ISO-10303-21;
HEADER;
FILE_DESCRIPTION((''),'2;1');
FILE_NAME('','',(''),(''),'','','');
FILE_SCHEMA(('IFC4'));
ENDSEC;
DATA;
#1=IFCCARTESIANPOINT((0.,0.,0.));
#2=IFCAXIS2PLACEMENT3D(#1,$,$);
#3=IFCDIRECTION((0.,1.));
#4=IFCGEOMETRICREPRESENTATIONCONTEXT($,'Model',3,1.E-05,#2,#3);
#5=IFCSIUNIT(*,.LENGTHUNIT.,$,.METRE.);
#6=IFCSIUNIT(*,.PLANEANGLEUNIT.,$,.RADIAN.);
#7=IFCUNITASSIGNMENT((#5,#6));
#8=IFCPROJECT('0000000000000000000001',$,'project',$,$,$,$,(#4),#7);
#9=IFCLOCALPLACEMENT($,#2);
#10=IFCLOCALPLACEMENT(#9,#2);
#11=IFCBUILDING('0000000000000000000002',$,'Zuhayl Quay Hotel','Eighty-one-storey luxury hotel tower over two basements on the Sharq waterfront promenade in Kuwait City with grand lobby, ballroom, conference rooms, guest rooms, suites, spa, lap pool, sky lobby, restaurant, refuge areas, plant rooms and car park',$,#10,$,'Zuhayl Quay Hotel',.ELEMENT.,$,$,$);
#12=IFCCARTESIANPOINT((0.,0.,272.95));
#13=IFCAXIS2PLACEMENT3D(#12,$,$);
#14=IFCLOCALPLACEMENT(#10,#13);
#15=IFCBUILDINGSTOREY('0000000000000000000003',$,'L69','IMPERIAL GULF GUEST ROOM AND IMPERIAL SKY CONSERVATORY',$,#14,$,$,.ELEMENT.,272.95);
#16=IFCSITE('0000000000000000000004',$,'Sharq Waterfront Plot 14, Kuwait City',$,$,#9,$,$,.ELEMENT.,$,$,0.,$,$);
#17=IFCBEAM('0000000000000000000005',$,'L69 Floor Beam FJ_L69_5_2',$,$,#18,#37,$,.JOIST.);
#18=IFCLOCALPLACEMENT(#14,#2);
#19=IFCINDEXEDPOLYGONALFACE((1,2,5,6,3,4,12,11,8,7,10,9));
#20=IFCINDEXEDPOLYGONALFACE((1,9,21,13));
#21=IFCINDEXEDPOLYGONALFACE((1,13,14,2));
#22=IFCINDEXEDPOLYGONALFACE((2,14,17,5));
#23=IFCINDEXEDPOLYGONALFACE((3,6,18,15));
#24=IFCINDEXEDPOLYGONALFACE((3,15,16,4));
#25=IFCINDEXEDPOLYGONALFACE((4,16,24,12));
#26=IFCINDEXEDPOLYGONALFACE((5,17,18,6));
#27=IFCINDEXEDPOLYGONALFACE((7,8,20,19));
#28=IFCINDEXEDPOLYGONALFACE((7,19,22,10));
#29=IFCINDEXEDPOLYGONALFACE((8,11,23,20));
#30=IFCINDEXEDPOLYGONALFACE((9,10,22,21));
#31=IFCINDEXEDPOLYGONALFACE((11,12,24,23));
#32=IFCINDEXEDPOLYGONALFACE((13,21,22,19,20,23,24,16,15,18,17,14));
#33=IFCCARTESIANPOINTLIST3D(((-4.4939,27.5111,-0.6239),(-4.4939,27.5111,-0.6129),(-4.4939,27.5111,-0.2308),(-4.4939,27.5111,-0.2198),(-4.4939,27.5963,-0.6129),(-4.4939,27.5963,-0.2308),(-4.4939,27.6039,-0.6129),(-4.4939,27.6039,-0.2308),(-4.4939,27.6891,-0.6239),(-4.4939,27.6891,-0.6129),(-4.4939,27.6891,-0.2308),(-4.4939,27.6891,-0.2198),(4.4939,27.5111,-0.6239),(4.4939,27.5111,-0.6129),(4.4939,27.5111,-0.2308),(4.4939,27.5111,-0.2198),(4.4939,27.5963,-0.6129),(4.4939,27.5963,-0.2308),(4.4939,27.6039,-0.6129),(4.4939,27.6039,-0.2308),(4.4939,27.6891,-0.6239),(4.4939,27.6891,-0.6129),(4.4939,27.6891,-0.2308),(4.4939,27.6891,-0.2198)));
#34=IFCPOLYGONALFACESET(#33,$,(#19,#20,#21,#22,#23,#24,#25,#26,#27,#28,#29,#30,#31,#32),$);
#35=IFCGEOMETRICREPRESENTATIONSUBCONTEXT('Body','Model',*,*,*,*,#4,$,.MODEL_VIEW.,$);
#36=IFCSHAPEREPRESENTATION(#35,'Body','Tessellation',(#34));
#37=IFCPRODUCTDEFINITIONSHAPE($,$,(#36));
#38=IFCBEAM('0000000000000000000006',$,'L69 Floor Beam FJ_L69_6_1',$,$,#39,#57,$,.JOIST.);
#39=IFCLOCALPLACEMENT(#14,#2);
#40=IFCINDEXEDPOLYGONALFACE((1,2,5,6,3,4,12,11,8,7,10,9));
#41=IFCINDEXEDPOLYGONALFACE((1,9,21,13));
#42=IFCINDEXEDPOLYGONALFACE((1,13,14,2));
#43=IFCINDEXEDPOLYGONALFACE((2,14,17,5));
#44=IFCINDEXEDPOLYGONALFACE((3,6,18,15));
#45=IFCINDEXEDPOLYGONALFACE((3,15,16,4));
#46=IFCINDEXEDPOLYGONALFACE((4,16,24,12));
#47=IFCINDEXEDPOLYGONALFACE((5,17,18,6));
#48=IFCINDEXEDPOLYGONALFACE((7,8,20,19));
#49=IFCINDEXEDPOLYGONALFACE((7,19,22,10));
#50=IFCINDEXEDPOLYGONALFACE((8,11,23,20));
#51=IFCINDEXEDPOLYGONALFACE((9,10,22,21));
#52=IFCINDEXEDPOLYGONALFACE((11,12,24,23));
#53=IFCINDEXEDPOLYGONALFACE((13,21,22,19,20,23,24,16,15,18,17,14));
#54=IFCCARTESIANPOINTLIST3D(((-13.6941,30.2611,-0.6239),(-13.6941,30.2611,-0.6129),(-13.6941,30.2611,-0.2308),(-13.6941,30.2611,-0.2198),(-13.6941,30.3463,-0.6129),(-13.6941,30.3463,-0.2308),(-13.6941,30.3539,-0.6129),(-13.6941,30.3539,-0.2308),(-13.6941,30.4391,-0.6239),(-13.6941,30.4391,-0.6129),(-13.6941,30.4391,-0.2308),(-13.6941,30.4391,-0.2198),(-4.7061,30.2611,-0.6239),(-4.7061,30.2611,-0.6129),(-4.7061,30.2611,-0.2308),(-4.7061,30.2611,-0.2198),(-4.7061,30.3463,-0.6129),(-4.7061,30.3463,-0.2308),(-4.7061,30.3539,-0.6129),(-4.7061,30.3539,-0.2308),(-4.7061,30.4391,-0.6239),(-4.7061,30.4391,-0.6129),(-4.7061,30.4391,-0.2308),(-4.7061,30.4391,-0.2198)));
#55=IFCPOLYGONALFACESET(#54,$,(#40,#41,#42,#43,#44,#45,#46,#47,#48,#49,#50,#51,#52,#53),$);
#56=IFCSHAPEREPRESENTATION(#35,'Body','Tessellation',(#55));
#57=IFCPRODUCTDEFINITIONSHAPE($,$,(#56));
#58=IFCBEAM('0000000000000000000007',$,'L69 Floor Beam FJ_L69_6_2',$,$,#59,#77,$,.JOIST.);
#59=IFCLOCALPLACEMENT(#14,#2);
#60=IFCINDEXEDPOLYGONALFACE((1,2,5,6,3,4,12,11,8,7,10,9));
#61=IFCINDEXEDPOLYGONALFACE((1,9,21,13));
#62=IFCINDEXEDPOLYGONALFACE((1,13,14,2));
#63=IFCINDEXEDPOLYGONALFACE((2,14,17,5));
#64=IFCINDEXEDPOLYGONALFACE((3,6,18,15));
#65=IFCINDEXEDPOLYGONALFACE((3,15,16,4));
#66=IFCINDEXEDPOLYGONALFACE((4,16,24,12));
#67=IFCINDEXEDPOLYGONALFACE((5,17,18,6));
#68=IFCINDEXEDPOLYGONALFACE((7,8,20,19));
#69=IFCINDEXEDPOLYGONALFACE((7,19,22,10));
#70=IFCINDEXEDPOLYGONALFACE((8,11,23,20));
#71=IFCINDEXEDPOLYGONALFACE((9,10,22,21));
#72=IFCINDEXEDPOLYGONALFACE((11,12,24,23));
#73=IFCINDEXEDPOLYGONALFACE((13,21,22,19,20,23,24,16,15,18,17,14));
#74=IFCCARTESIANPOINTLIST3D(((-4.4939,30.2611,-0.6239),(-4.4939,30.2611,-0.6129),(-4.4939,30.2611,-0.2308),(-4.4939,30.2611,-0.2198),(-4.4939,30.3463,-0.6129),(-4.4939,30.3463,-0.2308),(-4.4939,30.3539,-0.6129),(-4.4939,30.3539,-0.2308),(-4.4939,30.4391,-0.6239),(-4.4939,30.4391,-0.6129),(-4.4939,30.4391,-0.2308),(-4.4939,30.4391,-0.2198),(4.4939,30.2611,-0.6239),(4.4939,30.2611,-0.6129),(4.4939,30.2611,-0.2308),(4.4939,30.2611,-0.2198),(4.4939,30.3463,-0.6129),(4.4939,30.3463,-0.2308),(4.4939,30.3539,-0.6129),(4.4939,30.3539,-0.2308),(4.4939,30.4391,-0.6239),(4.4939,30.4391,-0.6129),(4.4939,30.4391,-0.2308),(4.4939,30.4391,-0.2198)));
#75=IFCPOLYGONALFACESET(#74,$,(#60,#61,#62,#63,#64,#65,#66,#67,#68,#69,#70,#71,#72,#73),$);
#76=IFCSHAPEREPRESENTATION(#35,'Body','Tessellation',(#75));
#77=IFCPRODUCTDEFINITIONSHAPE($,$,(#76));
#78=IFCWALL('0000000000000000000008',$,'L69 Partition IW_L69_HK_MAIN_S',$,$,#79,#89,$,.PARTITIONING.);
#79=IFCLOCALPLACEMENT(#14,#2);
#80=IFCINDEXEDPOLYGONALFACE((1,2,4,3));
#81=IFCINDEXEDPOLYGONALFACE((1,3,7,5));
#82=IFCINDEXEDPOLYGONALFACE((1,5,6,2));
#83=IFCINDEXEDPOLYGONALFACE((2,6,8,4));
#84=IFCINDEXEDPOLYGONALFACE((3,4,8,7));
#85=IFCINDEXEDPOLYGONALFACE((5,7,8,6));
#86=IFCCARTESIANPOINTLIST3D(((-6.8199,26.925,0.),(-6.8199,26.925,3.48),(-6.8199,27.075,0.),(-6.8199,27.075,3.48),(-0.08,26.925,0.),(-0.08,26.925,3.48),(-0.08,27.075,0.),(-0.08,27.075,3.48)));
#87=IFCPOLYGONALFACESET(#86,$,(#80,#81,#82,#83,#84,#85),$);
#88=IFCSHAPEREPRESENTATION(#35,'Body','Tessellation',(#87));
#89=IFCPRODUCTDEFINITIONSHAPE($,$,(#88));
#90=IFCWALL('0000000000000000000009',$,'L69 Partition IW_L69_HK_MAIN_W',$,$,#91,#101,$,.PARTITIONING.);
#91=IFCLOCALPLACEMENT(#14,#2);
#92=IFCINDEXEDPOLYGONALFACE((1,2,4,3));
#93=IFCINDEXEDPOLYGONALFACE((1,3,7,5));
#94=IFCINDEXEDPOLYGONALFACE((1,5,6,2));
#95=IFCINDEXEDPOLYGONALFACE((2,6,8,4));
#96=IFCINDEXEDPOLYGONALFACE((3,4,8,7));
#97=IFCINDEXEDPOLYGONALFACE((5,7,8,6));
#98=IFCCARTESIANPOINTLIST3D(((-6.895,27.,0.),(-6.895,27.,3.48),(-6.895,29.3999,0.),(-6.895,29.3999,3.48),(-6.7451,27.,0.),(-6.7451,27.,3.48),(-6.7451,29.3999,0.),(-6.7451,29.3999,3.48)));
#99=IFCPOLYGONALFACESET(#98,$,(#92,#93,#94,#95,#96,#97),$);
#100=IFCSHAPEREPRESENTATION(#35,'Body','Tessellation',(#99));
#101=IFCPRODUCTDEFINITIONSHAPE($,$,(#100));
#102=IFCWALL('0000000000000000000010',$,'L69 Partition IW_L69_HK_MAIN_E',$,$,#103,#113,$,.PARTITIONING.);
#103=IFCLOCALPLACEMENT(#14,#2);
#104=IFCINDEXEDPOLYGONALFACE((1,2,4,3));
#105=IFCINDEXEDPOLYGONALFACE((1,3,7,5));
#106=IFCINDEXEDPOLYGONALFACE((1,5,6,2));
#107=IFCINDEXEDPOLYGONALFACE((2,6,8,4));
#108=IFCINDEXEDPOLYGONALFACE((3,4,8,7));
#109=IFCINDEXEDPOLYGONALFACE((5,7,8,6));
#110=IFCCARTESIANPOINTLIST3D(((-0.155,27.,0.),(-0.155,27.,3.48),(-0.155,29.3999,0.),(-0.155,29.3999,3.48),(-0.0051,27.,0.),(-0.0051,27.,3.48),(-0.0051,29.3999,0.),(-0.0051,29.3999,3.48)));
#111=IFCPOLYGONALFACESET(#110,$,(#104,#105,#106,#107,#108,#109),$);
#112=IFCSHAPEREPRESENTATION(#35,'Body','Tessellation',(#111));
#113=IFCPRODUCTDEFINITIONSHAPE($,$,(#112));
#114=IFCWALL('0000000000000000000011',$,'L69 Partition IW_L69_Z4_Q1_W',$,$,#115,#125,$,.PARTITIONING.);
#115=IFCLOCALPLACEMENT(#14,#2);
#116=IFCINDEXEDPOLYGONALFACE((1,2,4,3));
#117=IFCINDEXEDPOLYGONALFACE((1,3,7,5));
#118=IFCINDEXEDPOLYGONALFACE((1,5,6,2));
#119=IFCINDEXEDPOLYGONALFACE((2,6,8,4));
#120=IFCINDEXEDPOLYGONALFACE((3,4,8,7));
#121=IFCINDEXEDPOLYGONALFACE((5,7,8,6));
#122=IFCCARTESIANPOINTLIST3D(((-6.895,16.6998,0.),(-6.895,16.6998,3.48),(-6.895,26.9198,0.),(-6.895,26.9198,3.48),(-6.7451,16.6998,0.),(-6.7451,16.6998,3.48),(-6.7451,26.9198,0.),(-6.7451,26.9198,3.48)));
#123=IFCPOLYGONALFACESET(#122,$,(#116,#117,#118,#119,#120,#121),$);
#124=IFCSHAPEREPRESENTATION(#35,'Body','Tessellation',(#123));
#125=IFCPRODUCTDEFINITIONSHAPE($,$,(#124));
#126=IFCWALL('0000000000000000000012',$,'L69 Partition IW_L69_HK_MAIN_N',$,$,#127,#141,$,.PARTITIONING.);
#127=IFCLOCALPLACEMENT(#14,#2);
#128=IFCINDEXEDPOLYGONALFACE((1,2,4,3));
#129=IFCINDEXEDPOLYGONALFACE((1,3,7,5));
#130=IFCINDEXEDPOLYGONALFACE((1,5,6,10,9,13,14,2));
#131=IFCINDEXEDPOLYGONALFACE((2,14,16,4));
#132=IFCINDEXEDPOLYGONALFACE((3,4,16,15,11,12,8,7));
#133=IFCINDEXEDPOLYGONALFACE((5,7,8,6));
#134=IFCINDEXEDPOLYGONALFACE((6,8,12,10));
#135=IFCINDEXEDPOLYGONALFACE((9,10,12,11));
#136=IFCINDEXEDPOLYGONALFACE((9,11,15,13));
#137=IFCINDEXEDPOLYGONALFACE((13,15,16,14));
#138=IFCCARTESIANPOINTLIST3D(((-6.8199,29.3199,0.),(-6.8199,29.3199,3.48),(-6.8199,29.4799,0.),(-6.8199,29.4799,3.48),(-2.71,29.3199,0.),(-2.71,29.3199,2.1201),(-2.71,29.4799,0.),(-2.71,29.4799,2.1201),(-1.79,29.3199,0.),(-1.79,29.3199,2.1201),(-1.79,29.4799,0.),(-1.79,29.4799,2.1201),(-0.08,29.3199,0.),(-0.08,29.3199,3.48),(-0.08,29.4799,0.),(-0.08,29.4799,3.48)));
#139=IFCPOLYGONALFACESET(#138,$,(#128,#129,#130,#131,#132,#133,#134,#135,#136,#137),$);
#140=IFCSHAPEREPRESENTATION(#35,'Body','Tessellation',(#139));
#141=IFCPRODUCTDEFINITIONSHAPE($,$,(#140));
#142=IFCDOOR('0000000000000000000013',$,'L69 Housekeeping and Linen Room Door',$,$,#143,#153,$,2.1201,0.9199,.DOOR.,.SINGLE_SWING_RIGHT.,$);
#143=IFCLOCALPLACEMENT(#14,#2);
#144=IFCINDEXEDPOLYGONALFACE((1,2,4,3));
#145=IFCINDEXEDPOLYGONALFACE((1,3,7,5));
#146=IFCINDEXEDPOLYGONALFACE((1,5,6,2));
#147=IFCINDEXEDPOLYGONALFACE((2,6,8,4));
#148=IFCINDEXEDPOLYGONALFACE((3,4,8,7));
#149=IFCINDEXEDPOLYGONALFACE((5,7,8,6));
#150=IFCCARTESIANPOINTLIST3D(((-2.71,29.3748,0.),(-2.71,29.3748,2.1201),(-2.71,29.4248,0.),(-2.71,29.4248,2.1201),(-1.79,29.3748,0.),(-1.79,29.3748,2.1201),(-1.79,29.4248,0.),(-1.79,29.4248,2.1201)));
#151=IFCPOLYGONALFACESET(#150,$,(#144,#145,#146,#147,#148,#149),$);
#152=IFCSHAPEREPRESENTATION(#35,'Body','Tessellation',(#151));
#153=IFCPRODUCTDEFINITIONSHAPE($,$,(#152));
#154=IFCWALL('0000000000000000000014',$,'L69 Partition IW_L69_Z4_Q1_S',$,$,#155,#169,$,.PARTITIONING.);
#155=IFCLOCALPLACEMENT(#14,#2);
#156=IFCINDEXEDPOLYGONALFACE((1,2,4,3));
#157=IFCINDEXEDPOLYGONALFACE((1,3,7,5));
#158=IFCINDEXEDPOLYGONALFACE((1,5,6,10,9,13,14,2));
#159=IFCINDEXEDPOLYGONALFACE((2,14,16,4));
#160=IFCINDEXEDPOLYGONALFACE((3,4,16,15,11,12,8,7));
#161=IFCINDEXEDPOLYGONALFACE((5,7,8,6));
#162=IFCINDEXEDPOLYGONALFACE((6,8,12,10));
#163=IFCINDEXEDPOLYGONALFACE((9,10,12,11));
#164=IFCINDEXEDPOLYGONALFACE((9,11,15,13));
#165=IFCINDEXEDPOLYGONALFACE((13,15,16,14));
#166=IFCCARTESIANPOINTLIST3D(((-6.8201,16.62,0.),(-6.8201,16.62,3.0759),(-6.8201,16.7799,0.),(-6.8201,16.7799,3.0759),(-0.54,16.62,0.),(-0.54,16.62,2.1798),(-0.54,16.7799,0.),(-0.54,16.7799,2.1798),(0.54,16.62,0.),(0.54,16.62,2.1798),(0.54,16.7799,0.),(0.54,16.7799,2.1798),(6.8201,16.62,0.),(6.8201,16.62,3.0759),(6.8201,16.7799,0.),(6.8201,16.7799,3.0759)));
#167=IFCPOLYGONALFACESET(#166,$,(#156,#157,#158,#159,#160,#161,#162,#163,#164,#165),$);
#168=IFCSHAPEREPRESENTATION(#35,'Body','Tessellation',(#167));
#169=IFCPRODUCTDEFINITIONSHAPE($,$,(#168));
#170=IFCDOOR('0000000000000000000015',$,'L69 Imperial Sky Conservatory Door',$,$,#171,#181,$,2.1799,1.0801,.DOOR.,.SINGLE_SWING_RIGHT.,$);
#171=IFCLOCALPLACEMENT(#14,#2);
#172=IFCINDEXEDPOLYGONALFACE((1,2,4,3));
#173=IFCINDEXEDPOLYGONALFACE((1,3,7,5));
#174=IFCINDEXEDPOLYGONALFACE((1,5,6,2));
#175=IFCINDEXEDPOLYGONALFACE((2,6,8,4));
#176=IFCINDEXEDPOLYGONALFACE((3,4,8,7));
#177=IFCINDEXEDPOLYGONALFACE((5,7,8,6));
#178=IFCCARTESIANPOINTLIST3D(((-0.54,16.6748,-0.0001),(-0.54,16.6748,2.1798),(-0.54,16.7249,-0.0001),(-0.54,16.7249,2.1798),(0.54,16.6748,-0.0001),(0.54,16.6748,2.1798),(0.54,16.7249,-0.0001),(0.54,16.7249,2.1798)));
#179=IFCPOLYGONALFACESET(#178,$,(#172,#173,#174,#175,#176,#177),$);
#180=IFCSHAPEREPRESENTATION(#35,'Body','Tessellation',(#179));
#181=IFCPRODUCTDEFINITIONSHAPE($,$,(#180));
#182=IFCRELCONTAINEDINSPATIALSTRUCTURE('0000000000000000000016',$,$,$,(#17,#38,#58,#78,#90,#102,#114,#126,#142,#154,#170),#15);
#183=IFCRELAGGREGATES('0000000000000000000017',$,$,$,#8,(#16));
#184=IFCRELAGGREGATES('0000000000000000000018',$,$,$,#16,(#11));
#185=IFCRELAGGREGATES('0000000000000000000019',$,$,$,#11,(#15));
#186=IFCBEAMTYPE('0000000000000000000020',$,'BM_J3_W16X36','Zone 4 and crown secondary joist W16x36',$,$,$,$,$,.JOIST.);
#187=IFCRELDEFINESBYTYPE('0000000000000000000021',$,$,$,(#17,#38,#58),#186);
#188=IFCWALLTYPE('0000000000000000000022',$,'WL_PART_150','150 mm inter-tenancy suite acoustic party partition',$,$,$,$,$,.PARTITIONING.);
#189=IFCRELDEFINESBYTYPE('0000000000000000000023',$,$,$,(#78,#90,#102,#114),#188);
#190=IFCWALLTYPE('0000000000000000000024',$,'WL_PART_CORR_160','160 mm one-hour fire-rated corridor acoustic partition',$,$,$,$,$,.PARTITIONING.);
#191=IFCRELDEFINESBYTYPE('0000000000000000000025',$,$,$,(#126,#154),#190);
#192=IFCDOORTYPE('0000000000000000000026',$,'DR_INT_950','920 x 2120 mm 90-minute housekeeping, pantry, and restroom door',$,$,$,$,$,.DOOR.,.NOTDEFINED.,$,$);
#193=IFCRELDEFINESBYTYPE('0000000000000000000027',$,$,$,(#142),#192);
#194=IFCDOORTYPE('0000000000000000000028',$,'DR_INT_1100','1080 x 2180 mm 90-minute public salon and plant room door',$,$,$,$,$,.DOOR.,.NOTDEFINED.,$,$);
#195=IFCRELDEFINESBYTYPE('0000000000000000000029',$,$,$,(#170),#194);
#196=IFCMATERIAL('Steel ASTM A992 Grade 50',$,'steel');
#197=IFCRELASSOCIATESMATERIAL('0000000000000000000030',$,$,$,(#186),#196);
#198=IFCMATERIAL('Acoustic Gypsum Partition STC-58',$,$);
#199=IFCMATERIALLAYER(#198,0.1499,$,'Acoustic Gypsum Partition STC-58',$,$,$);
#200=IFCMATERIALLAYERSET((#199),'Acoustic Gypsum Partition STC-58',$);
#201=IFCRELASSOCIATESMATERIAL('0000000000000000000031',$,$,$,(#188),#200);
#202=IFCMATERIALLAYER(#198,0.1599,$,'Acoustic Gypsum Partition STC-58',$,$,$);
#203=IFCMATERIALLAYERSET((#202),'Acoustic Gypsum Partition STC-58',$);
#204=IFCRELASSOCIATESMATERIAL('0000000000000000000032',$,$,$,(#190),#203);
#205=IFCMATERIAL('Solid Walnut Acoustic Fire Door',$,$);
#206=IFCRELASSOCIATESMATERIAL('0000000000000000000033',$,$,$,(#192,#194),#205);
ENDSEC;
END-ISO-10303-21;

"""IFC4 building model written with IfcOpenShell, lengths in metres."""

from ifc_helpers import new_model, si_unit, direction, frame, frame_2d, origin, origin_2d, place, context, subcontext, project, spatial, rectangle, i_section, extrude, material, layer, layer_set, material_profile, profile_set, type_object, element, fill, save


model = new_model("IFC4")

# Units and contexts
model_context = context("Model", 3, precision=1e-05, world=origin(), true_north=direction((0.0, 1.0)))
body_context = subcontext(model_context, "Body", "Model", "MODEL_VIEW")
ifc_project = project(units=[si_unit("LENGTHUNIT", "METRE"), si_unit("PLANEANGLEUNIT", "RADIAN")], contexts=[model_context])

# Site, building, storey
site_placement = place(None, origin())
site = spatial("IfcSite", under=ifc_project, at=site_placement, Name="Sharq Waterfront Plot 14, Kuwait City", CompositionType="ELEMENT", RefElevation=0.0)
building_placement = place(site_placement, origin())
building = spatial("IfcBuilding", under=site, at=building_placement, Name="Zuhayl Quay Hotel", Description="Eighty-one-storey luxury hotel tower over two basements on the Sharq waterfront promenade in Kuwait City with grand lobby, ballroom, conference rooms, guest rooms, suites, spa, lap pool, sky lobby, restaurant, refuge areas, plant rooms and car park", LongName="Zuhayl Quay Hotel", CompositionType="ELEMENT")
storey_placement = place(building_placement, frame((0.0, 0.0, 272.95)))
storey = spatial("IfcBuildingStorey", under=building, at=storey_placement, Name="L69", Description="IMPERIAL GULF GUEST ROOM AND IMPERIAL SKY CONSERVATORY", CompositionType="ELEMENT", Elevation=272.95)

# Beams
ifc_material_1 = material(Name="Steel ASTM A992 Grade 50", Category="steel")
ifc_material_profile = material_profile(ifc_material_1, i_section(OverallWidth=0.178, OverallDepth=0.4041, WebThickness=0.0076, FlangeThickness=0.011, at=origin_2d()), Name="W16X36")
ifc_profile_set = profile_set([ifc_material_profile], Name="Steel ASTM A992 Grade 50")
beam_type = type_object("IfcBeamType", Name="BM_J3_W16X36", Description="Zone 4 and crown secondary joist W16x36", PredefinedType="JOIST", material=ifc_profile_set)
beam_1_placement = place(storey_placement, frame((-4.4939, 27.6001, -0.4219), z_axis=(1.0, 0.0, 0.0), x_axis=(0.0, 1.0, 0.0)))
element("IfcBeam", 1, at=beam_1_placement, inside=storey, type_object=beam_type, Name="L69 Floor Beam FJ_L69_5_2", PredefinedType="JOIST", context=body_context, shape_type="SweptSolid", body=[
    extrude(i_section(OverallWidth=0.178, OverallDepth=0.4041, WebThickness=0.0076, FlangeThickness=0.011, at=origin_2d()), origin(), (0.0, 0.0, 1.0), 8.9878),
])
beam_2_placement = place(storey_placement, frame((-13.6941, 30.3501, -0.4219), z_axis=(1.0, 0.0, 0.0), x_axis=(0.0, 1.0, 0.0)))
element("IfcBeam", 2, at=beam_2_placement, inside=storey, type_object=beam_type, Name="L69 Floor Beam FJ_L69_6_1", PredefinedType="JOIST", context=body_context, shape_type="SweptSolid", body=[
    extrude(i_section(OverallWidth=0.178, OverallDepth=0.4041, WebThickness=0.0076, FlangeThickness=0.011, at=origin_2d()), origin(), (0.0, 0.0, 1.0), 8.988),
])
beam_3_placement = place(storey_placement, frame((-4.4939, 30.3501, -0.4219), z_axis=(1.0, 0.0, 0.0), x_axis=(0.0, 1.0, 0.0)))
element("IfcBeam", 3, at=beam_3_placement, inside=storey, type_object=beam_type, Name="L69 Floor Beam FJ_L69_6_2", PredefinedType="JOIST", context=body_context, shape_type="SweptSolid", body=[
    extrude(i_section(OverallWidth=0.178, OverallDepth=0.4041, WebThickness=0.0076, FlangeThickness=0.011, at=origin_2d()), origin(), (0.0, 0.0, 1.0), 8.9878),
])

# Walls
ifc_material_2 = material(Name="Acoustic Gypsum Partition STC-58")
ifc_layer_1 = layer(ifc_material_2, 0.1499, Name="Acoustic Gypsum Partition STC-58")
ifc_layer_set_1 = layer_set([ifc_layer_1], Name="Acoustic Gypsum Partition STC-58")
wall_type_1 = type_object("IfcWallType", Name="WL_PART_150", Description="150 mm inter-tenancy suite acoustic party partition", PredefinedType="PARTITIONING", material=ifc_layer_set_1)
wall_1_placement = place(storey_placement, frame((-6.8201, 27.0, 0.0), z_axis=(0.0, 0.0, 1.0), x_axis=(1.0, 0.0, 0.0)))
element("IfcWall", 4, at=wall_1_placement, inside=storey, type_object=wall_type_1, Name="L69 Partition IW_L69_HK_MAIN_S", PredefinedType="PARTITIONING", context=body_context, shape_type="SweptSolid", body=[
    extrude(rectangle(XDim=6.74, YDim=0.1499, at=frame_2d((3.3701, 0.0))), origin(), (0.0, 0.0, 1.0), 3.48),
])
for number, where, z_axis, x_axis, name in (
    (5, (-6.8201, 27.0, 0.0), (0.0, 0.0, 1.0), (0.0, 1.0, 0.0), "L69 Partition IW_L69_HK_MAIN_W"),
    (6, (-0.0801, 27.0, 0.0), (0.0, 0.0, 1.0), (0.0, 1.0, 0.0), "L69 Partition IW_L69_HK_MAIN_E"),
):
    element("IfcWall", number, at=place(storey_placement, frame(where, z_axis=z_axis, x_axis=x_axis)), inside=storey, type_object=wall_type_1, Name=name, PredefinedType="PARTITIONING", context=body_context, shape_type="SweptSolid", body=[
        extrude(rectangle(XDim=2.3999, YDim=0.1499, at=frame_2d((1.2, 0.0))), origin(), (0.0, 0.0, 1.0), 3.48),
    ])
wall_2_placement = place(storey_placement, frame((-6.8201, 16.7, 0.0), z_axis=(0.0, 0.0, 1.0), x_axis=(0.0, 1.0, 0.0)))
element("IfcWall", 7, at=wall_2_placement, inside=storey, type_object=wall_type_1, Name="L69 Partition IW_L69_Z4_Q1_W", PredefinedType="PARTITIONING", context=body_context, shape_type="SweptSolid", body=[
    extrude(rectangle(XDim=10.22, YDim=0.1499, at=frame_2d((5.1099, 0.0))), origin(), (0.0, 0.0, 1.0), 3.48),
])

# Walls, openings, doors
ifc_layer_2 = layer(ifc_material_2, 0.1599, Name="Acoustic Gypsum Partition STC-58")
ifc_layer_set_2 = layer_set([ifc_layer_2], Name="Acoustic Gypsum Partition STC-58")
wall_type_2 = type_object("IfcWallType", Name="WL_PART_CORR_160", Description="160 mm one-hour fire-rated corridor acoustic partition", PredefinedType="PARTITIONING", material=ifc_layer_set_2)
wall_3_placement = place(storey_placement, frame((-6.8201, 29.3999, 0.0), z_axis=(0.0, 0.0, 1.0), x_axis=(1.0, 0.0, 0.0)))
wall_3 = element("IfcWall", 8, at=wall_3_placement, inside=storey, type_object=wall_type_2, Name="L69 Partition IW_L69_HK_MAIN_N", PredefinedType="PARTITIONING", context=body_context, shape_type="SweptSolid", body=[
    extrude(rectangle(XDim=6.74, YDim=0.1599, at=frame_2d((3.3701, 0.0))), origin(), (0.0, 0.0, 1.0), 3.48),
])
opening_1_placement = place(wall_3_placement, frame((4.1101, 0.0, 0.0)))
opening_1 = element("IfcOpeningElement", 9, at=opening_1_placement, cuts=wall_3, PredefinedType="OPENING", context=body_context, shape_type="SweptSolid", body=[
    extrude(rectangle(XDim=0.9199, YDim=2.1201, at=frame_2d((0.46, 1.0601))), frame((0.0, 0.0898, 0.0), z_axis=(0.0, -1.0, 0.0), x_axis=(1.0, 0.0, 0.0)), (0.0, 0.0, 1.0), 0.1799),
])
ifc_material_3 = material(Name="Solid Walnut Acoustic Fire Door")
door_type_1 = type_object("IfcDoorType", Name="DR_INT_950", Description="920 x 2120 mm 90-minute housekeeping, pantry, and restroom door", OperationType="NOTDEFINED", PredefinedType="DOOR", material=ifc_material_3)
door_1_placement = place(opening_1_placement, origin())
door_1 = element("IfcDoor", 10, at=door_1_placement, inside=storey, type_object=door_type_1, Name="L69 Housekeeping and Linen Room Door", OperationType="SINGLE_SWING_RIGHT", OverallHeight=2.1201, OverallWidth=0.9199, PredefinedType="DOOR", context=body_context, shape_type="SweptSolid", body=[
    extrude(rectangle(XDim=0.9199, YDim=2.1201, at=frame_2d((0.46, 1.0601))), frame((0.0, 0.0249, 0.0), z_axis=(0.0, -1.0, 0.0), x_axis=(1.0, 0.0, 0.0)), (0.0, 0.0, 1.0), 0.05),
])
fill(opening_1, door_1)
wall_4_placement = place(storey_placement, frame((-6.8201, 16.7, 0.0), z_axis=(0.0, 0.0, 1.0), x_axis=(1.0, 0.0, 0.0)))
wall_4 = element("IfcWall", 11, at=wall_4_placement, inside=storey, type_object=wall_type_2, Name="L69 Partition IW_L69_Z4_Q1_S", PredefinedType="PARTITIONING", context=body_context, shape_type="SweptSolid", body=[
    extrude(rectangle(XDim=13.6401, YDim=0.1599, at=frame_2d((6.8201, 0.0))), origin(), (0.0, 0.0, 1.0), 3.0759),
])
opening_2_placement = place(wall_4_placement, frame((6.28, 0.0, 0.0)))
opening_2 = element("IfcOpeningElement", 12, at=opening_2_placement, cuts=wall_4, PredefinedType="OPENING", context=body_context, shape_type="SweptSolid", body=[
    extrude(rectangle(XDim=1.0801, YDim=2.1799, at=frame_2d((0.54, 1.0898))), frame((0.0, 0.0898, 0.0), z_axis=(0.0, -1.0, 0.0), x_axis=(1.0, 0.0, 0.0)), (0.0, 0.0, 1.0), 0.1799),
])
door_type_2 = type_object("IfcDoorType", Name="DR_INT_1100", Description="1080 x 2180 mm 90-minute public salon and plant room door", OperationType="NOTDEFINED", PredefinedType="DOOR", material=ifc_material_3)
door_2_placement = place(opening_2_placement, origin())
door_2 = element("IfcDoor", 13, at=door_2_placement, inside=storey, type_object=door_type_2, Name="L69 Imperial Sky Conservatory Door", OperationType="SINGLE_SWING_RIGHT", OverallHeight=2.1799, OverallWidth=1.0801, PredefinedType="DOOR", context=body_context, shape_type="SweptSolid", body=[
    extrude(rectangle(XDim=1.0801, YDim=2.1799, at=frame_2d((0.54, 1.0898))), frame((0.0, 0.0249, 0.0), z_axis=(0.0, -1.0, 0.0), x_axis=(1.0, 0.0, 0.0)), (0.0, 0.0, 1.0), 0.05),
])
fill(opening_2, door_2)

save(model, "model.ifc")
